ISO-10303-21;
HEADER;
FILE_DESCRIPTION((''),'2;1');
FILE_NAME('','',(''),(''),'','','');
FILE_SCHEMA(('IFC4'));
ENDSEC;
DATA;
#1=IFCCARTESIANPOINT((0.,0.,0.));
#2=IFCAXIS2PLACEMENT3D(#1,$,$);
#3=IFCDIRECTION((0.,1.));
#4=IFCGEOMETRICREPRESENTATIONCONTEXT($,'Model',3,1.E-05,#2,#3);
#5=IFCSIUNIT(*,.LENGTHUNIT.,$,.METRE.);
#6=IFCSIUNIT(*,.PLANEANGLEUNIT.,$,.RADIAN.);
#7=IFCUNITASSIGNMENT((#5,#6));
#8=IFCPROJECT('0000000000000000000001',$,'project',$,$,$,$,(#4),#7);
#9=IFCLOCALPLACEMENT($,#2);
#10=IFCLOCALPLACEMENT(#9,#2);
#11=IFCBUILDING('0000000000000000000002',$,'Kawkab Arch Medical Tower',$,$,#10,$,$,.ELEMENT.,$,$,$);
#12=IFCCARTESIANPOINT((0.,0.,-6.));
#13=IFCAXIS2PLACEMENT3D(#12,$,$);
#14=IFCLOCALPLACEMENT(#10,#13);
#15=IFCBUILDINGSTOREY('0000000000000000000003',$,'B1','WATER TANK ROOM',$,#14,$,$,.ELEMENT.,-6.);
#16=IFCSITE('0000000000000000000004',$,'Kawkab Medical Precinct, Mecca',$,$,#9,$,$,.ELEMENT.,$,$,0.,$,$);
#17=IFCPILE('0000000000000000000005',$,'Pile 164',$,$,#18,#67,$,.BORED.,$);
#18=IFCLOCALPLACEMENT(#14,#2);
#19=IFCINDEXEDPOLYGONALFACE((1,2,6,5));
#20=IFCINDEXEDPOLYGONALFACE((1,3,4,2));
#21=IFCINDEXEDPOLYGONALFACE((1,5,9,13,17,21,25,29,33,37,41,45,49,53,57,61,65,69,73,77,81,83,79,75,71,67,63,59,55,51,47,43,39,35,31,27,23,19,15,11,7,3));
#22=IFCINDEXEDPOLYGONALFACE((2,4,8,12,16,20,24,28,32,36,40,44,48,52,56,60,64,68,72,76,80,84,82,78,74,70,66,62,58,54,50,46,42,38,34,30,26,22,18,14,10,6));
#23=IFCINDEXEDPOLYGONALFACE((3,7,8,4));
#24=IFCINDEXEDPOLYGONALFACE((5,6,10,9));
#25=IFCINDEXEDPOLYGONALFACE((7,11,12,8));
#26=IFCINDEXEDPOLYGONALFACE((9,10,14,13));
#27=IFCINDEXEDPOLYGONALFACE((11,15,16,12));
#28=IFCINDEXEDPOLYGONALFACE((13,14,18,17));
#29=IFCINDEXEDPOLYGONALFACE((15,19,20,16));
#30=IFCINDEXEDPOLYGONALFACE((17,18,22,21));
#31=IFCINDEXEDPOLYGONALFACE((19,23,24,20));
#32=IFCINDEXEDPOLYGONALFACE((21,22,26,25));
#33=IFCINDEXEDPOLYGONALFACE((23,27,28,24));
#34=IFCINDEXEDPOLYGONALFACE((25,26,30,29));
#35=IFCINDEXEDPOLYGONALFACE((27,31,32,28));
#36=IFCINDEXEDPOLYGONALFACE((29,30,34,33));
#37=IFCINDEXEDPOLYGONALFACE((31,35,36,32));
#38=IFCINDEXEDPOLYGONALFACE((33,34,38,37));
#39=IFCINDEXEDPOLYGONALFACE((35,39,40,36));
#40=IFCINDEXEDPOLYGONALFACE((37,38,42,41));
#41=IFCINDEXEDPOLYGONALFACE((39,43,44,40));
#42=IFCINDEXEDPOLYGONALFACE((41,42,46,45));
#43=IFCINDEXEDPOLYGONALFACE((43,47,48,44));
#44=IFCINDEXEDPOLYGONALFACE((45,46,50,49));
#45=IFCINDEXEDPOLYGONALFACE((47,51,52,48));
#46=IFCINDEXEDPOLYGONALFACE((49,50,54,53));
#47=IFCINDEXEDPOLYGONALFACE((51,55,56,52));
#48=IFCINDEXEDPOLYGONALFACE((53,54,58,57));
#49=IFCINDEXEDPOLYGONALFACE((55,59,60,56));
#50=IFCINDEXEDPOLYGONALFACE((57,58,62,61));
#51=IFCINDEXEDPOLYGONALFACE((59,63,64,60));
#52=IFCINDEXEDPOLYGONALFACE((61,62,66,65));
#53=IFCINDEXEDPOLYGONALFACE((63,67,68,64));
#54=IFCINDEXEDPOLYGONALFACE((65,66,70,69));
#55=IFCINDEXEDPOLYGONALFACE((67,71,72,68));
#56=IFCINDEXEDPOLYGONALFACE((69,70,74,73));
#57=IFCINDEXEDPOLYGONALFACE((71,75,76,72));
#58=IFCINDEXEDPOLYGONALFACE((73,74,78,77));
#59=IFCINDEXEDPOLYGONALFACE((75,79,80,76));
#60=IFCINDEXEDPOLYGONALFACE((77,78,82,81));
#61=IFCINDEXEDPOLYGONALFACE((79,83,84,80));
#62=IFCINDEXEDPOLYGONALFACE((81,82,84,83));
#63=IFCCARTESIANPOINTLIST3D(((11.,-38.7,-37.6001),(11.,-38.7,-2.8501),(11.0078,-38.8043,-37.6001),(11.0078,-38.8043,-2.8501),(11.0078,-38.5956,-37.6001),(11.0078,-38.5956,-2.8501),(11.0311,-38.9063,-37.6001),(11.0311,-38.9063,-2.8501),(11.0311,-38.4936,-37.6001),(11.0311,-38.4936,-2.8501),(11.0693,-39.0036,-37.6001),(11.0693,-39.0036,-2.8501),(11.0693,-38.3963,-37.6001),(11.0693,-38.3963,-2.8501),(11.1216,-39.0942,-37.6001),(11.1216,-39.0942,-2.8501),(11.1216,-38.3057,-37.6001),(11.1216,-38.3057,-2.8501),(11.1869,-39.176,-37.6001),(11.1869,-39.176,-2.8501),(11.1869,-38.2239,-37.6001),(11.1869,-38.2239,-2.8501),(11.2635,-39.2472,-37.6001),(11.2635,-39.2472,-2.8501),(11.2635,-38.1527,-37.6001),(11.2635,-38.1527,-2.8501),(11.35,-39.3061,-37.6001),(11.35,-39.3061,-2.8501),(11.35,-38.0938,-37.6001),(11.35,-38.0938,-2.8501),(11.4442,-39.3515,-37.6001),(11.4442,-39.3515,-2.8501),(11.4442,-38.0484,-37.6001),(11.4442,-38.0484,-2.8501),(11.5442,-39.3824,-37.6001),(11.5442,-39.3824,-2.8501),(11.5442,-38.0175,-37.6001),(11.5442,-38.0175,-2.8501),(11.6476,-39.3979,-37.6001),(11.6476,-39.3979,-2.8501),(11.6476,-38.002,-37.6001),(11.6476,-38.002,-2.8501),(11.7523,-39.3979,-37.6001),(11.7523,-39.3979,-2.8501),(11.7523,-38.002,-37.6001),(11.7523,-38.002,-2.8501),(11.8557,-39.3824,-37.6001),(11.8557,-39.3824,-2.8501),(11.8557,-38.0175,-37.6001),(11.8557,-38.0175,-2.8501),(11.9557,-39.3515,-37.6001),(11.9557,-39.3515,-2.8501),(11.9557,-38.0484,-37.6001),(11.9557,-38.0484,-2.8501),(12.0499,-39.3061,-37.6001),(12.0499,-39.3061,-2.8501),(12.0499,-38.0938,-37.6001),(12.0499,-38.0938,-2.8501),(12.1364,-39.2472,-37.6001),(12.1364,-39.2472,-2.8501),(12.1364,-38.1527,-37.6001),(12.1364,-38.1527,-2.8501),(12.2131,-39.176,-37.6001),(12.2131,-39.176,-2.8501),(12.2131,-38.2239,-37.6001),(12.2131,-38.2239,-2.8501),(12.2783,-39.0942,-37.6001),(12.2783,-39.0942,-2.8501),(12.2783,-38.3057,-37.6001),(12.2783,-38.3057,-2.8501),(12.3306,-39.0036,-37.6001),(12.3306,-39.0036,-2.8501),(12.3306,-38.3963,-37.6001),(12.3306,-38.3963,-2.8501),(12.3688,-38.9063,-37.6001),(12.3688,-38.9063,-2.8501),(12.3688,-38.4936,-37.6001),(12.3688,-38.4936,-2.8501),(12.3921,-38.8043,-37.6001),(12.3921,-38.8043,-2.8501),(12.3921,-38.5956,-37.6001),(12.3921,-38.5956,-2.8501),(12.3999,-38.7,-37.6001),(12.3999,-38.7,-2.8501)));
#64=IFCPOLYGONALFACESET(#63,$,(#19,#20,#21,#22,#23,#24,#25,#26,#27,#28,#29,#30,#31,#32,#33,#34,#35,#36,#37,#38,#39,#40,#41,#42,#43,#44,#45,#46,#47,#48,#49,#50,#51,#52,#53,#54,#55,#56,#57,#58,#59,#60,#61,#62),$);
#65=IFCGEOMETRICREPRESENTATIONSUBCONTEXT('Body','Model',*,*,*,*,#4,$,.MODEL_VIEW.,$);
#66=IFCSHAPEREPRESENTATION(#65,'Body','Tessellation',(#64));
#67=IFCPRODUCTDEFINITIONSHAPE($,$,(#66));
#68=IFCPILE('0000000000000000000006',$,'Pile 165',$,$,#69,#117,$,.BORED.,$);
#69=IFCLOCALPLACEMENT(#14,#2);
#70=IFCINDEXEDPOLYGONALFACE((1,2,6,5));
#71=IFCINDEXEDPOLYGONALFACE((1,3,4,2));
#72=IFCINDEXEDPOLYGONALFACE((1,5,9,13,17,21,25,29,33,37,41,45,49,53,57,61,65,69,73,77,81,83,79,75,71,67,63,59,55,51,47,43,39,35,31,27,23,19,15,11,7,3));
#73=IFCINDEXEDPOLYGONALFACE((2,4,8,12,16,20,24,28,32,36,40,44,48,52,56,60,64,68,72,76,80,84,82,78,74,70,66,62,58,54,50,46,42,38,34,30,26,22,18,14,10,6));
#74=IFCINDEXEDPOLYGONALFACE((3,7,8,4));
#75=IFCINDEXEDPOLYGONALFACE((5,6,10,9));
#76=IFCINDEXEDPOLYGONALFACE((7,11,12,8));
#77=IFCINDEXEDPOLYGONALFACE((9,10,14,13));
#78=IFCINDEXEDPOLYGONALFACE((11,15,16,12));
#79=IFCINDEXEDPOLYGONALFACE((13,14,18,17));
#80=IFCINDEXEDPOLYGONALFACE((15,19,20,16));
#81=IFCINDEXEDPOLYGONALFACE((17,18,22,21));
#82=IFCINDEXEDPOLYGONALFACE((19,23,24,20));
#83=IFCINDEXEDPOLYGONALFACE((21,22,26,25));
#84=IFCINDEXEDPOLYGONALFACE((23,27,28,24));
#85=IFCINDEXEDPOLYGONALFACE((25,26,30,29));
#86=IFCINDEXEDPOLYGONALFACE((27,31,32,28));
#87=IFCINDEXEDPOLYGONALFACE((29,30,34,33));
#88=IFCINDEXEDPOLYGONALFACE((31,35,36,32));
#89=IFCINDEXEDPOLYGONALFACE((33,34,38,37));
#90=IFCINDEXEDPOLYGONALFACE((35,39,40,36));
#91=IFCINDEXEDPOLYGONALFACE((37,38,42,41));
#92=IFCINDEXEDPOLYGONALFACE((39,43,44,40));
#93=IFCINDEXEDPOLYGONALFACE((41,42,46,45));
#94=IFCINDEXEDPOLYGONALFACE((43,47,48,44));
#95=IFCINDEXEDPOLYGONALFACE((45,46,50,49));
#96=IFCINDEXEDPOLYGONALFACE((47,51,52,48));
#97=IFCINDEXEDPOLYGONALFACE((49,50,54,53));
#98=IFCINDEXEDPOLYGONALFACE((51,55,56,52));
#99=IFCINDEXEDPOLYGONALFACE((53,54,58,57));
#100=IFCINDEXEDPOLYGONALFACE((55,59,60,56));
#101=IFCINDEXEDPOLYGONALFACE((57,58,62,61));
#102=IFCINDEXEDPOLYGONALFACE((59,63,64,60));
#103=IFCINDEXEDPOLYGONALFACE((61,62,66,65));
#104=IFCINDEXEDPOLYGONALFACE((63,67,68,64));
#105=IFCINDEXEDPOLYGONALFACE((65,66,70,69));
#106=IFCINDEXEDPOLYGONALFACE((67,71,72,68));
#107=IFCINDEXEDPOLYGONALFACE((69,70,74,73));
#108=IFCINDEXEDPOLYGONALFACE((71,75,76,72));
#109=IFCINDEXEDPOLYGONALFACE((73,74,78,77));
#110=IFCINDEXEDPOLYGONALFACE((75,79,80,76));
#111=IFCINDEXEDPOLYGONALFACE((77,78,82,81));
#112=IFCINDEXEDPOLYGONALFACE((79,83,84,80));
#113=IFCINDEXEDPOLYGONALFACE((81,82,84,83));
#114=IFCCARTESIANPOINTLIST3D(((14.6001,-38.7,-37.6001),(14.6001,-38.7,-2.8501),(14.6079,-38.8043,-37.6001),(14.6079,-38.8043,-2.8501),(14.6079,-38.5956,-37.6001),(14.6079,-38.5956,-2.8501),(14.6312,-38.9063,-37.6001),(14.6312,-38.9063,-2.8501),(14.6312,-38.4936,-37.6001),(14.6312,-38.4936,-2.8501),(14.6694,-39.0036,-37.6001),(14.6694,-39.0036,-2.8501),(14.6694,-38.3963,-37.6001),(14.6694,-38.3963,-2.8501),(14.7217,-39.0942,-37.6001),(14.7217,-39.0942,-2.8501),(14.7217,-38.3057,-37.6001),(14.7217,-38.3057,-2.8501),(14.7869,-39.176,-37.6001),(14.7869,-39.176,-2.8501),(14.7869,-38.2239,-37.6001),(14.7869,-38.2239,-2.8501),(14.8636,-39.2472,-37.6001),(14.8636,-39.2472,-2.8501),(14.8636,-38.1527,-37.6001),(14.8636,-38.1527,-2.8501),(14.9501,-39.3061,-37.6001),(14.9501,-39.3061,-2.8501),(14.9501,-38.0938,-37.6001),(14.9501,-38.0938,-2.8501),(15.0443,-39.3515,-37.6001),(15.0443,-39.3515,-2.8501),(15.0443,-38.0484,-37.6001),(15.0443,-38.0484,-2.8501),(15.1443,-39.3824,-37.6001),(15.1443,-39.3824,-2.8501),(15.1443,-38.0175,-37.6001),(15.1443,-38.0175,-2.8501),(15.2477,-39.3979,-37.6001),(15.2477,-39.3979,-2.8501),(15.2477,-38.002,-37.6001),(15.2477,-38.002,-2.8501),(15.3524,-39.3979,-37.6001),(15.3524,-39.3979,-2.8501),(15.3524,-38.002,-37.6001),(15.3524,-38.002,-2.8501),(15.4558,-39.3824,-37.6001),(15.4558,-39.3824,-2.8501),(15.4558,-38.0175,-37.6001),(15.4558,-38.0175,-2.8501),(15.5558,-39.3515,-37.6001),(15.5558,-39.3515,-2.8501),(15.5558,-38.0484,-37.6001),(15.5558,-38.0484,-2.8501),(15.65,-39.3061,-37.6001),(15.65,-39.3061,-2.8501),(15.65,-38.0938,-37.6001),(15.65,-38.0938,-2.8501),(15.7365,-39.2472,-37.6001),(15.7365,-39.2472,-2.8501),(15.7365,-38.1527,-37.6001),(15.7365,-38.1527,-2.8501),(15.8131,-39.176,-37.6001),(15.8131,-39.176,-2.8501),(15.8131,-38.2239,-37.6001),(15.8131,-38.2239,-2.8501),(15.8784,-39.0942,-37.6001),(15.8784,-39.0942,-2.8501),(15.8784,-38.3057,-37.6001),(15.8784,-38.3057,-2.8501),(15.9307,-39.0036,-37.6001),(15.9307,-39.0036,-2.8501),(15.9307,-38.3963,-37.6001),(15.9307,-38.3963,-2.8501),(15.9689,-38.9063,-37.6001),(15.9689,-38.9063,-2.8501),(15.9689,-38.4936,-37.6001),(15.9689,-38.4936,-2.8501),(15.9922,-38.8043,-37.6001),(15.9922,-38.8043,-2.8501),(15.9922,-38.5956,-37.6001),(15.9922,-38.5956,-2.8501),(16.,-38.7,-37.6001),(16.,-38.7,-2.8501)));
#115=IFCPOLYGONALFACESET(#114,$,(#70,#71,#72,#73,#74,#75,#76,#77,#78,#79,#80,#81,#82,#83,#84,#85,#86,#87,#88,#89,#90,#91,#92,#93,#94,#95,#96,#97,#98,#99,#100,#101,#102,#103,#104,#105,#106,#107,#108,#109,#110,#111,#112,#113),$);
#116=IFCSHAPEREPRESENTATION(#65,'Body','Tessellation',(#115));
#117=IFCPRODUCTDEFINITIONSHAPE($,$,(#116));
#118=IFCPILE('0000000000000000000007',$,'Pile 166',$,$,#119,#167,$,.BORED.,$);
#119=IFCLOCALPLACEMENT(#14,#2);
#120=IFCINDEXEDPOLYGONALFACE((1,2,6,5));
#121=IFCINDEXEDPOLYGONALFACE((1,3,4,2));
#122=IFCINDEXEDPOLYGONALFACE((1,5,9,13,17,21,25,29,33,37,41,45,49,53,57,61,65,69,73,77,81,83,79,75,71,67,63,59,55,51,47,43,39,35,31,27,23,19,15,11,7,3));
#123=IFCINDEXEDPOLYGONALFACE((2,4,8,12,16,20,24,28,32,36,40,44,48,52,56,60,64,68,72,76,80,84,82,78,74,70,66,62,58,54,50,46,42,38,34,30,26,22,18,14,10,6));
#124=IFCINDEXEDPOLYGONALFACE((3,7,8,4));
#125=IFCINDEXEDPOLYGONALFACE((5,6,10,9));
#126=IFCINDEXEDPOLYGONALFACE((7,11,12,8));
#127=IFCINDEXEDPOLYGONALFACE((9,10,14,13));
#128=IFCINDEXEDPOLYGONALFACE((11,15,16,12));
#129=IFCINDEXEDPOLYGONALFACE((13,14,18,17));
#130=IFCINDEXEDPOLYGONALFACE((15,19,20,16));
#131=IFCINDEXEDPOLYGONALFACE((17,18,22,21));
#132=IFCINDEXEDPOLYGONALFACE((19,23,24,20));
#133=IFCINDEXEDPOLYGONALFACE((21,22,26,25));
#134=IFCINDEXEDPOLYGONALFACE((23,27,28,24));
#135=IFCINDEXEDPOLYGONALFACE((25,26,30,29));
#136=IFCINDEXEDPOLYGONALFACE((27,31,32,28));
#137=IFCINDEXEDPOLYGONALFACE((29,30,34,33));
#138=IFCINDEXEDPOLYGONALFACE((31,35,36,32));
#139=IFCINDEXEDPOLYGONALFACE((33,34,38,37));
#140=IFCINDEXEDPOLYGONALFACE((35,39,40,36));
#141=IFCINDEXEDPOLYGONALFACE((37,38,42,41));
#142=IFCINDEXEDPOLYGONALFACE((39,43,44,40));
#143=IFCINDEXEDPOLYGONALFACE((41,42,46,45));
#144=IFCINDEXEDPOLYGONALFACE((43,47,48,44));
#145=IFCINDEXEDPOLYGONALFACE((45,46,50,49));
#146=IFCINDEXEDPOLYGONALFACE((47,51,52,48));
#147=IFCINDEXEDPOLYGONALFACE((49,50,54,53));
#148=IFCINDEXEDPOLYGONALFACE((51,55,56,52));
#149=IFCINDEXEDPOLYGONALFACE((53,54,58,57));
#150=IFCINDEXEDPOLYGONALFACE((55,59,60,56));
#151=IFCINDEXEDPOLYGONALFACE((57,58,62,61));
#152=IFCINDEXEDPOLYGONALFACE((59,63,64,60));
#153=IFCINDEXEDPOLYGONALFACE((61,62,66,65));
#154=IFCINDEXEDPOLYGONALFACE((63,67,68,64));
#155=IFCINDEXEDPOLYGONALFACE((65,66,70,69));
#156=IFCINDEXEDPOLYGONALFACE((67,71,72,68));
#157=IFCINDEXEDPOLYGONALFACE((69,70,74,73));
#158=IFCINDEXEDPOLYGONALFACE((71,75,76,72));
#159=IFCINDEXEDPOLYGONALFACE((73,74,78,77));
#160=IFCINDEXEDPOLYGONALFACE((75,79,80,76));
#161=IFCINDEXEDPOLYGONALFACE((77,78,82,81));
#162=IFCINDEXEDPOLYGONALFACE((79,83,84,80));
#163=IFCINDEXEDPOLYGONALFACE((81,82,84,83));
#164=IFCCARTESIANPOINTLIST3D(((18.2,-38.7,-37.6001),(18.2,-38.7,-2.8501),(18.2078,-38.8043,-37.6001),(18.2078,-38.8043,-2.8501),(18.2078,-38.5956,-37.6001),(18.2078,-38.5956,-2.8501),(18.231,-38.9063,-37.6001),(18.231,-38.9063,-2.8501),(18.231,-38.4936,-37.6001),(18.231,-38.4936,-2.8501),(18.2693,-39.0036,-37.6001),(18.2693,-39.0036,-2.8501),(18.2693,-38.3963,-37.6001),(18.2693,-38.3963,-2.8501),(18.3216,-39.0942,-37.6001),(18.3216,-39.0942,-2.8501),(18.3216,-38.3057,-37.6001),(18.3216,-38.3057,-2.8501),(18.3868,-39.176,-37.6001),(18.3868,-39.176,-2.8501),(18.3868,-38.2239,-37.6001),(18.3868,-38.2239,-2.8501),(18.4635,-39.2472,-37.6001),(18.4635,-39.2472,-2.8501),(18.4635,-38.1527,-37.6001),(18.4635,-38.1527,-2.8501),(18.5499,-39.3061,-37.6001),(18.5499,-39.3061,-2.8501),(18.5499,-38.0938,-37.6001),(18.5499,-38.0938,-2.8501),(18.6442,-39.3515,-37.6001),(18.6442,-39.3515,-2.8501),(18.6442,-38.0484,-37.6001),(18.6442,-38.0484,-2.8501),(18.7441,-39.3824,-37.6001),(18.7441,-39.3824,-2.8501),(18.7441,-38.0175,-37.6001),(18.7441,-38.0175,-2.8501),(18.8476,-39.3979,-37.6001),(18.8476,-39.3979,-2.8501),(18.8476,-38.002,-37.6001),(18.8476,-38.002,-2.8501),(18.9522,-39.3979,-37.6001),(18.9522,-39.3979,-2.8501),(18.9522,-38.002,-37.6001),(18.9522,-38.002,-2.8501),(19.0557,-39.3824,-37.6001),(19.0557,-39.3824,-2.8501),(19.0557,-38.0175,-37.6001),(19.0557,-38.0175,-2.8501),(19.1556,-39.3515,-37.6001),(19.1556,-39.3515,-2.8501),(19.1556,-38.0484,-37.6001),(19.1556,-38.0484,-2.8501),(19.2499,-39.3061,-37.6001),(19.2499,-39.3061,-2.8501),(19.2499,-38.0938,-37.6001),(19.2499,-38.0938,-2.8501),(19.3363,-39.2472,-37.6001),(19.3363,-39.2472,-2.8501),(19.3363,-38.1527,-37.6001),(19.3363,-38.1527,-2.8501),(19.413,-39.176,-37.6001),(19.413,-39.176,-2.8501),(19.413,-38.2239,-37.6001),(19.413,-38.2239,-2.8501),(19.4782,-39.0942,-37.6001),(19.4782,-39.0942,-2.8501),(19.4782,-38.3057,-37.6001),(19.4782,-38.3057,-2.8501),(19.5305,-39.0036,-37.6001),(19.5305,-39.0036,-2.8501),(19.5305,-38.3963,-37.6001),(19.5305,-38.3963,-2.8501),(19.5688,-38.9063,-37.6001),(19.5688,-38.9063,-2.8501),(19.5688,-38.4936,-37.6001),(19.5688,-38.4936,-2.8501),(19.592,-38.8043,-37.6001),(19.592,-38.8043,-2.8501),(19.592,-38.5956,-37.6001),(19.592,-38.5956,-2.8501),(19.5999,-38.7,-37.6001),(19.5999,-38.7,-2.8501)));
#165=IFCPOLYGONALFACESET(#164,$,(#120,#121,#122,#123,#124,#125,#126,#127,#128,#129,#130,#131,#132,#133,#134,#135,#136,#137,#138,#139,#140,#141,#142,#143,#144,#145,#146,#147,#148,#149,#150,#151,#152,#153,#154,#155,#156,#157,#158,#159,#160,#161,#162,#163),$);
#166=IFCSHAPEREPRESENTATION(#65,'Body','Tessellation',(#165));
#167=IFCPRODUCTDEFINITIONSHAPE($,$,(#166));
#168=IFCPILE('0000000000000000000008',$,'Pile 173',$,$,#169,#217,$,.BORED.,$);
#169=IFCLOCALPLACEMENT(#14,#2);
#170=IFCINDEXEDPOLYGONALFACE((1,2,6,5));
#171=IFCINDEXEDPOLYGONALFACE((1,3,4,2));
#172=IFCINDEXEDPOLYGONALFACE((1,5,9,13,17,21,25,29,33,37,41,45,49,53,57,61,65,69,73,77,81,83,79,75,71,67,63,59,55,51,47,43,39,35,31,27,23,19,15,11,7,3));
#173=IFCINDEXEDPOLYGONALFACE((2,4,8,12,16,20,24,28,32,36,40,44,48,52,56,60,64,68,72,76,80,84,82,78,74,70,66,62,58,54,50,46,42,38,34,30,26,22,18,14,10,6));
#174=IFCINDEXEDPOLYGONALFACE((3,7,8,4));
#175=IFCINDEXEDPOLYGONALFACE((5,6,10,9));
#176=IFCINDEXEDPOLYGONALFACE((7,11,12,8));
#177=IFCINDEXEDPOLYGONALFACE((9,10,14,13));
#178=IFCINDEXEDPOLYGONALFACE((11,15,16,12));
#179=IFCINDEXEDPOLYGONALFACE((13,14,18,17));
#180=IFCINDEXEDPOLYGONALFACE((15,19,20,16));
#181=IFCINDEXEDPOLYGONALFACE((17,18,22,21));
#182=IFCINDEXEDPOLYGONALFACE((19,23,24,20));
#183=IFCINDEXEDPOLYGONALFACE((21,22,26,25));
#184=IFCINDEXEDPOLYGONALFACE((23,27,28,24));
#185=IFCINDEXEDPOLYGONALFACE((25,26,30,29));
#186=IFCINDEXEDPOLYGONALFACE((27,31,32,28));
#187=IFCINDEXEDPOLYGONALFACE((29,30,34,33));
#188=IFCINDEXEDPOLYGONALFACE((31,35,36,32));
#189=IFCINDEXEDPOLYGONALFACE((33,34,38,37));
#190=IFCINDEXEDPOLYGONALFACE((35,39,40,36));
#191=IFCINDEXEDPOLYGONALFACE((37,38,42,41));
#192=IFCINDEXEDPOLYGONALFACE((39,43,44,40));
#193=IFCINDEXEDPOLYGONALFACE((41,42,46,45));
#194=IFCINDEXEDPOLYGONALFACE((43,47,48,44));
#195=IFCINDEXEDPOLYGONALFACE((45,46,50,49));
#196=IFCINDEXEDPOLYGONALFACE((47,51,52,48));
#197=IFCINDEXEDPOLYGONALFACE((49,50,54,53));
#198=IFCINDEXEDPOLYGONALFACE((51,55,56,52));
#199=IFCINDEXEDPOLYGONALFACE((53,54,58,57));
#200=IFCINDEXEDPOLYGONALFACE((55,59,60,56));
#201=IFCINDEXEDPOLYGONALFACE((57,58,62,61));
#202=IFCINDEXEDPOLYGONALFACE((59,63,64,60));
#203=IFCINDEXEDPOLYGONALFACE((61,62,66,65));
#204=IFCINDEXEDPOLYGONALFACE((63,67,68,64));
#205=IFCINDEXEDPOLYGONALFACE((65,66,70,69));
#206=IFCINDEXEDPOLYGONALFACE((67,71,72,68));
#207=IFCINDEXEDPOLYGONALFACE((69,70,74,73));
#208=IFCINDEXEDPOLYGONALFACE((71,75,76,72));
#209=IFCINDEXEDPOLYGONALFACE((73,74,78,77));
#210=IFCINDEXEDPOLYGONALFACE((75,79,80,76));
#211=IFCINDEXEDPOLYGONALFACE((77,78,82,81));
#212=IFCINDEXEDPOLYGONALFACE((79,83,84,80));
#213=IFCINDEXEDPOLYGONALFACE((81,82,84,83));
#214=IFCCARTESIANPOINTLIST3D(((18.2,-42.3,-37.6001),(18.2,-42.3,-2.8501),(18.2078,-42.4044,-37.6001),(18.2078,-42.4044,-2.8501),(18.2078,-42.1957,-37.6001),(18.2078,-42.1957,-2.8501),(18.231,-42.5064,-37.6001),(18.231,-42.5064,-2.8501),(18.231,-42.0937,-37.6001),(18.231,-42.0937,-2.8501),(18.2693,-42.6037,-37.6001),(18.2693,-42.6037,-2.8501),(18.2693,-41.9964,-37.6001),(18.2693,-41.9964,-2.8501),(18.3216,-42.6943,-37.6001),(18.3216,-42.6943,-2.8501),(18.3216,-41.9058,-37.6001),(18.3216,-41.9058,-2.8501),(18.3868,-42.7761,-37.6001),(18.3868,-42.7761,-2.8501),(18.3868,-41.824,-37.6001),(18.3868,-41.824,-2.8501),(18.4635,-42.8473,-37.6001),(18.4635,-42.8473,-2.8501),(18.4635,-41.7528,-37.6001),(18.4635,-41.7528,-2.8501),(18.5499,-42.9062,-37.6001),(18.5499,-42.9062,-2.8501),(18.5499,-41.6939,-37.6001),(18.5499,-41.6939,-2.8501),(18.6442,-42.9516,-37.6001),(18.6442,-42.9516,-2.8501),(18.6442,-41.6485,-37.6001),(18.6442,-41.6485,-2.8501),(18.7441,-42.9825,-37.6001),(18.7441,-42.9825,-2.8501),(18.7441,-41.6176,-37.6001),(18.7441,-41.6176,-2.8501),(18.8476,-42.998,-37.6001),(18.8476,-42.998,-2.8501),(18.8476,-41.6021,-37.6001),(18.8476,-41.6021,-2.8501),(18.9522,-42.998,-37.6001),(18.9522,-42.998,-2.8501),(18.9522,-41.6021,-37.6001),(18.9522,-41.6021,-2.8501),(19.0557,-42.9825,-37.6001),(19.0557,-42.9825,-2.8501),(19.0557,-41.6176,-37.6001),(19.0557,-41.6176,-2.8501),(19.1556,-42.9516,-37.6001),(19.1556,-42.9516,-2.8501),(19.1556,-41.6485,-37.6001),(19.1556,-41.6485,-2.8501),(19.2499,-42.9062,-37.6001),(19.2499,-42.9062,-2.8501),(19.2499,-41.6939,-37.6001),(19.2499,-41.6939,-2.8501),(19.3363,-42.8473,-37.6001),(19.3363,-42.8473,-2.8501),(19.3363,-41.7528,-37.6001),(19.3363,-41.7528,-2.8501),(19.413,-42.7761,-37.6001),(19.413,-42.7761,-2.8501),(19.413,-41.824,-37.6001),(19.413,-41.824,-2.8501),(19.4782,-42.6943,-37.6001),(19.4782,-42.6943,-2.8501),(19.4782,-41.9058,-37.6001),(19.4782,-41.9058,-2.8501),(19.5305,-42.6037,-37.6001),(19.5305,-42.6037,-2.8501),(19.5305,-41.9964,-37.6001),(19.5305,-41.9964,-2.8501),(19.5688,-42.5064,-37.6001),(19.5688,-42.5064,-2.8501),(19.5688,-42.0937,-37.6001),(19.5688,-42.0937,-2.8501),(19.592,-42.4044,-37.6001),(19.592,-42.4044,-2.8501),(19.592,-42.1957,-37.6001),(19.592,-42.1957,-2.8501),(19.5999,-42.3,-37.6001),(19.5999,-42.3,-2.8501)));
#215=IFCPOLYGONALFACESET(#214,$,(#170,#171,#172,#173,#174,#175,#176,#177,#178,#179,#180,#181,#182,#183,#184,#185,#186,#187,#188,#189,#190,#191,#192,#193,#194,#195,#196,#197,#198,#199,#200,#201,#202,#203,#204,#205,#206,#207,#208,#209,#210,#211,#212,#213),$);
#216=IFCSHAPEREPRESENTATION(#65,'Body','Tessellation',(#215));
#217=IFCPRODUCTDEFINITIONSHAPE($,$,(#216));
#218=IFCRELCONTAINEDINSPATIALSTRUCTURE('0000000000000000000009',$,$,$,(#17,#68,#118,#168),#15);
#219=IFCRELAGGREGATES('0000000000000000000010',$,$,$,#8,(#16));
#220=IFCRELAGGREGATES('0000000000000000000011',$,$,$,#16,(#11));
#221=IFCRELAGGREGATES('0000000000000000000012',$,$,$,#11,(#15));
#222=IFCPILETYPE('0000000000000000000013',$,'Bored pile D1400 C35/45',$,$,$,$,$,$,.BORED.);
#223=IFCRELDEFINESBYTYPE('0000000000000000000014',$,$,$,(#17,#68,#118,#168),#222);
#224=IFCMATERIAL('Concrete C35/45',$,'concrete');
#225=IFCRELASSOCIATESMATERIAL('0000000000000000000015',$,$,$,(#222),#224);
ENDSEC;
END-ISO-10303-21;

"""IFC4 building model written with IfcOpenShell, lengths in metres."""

from ifc_helpers import new_model, si_unit, direction, frame, origin, origin_2d, place, context, subcontext, project, spatial, circle, extrude, material, material_profile, profile_set, type_object, element, save


model = new_model("IFC4")

# Units and contexts
model_context = context("Model", 3, precision=1e-05, world=origin(), true_north=direction((0.0, 1.0)))
body_context = subcontext(model_context, "Body", "Model", "MODEL_VIEW")
ifc_project = project(units=[si_unit("LENGTHUNIT", "METRE"), si_unit("PLANEANGLEUNIT", "RADIAN")], contexts=[model_context])

# Site, building, storey
site_placement = place(None, origin())
site = spatial("IfcSite", under=ifc_project, at=site_placement, Name="Kawkab Medical Precinct, Mecca", CompositionType="ELEMENT", RefElevation=0.0)
building_placement = place(site_placement, origin())
building = spatial("IfcBuilding", under=site, at=building_placement, Name="Kawkab Arch Medical Tower", CompositionType="ELEMENT")
storey_placement = place(building_placement, frame((0.0, 0.0, -6.0)))
storey = spatial("IfcBuildingStorey", under=building, at=storey_placement, Name="B1", Description="WATER TANK ROOM", CompositionType="ELEMENT", Elevation=-6.0)

# Piles
ifc_material_1 = material(Name="Concrete C35/45", Category="concrete")
ifc_material_profile_1 = material_profile(ifc_material_1, circle(Radius=0.7, at=origin_2d()), Name="Bored pile D1400")
ifc_profile_set_1 = profile_set([ifc_material_profile_1], Name="Concrete C35/45")
pile_type = type_object("IfcPileType", Name="Bored pile D1400 C35/45", PredefinedType="BORED", material=ifc_profile_set_1)
for number, where, z_axis, x_axis, name in (
    (1, (11.7, -38.7, -2.8501), (0.0, 0.0, -1.0), (1.0, 0.0, 0.0), "Pile 164"),
    (2, (15.3, -38.7, -2.8501), (0.0, 0.0, -1.0), (1.0, 0.0, 0.0), "Pile 165"),
    (3, (18.8999, -38.7, -2.8501), (0.0, 0.0, -1.0), (1.0, 0.0, 0.0), "Pile 166"),
    (4, (18.8999, -42.3, -2.8501), (0.0, 0.0, -1.0), (1.0, 0.0, 0.0), "Pile 173"),
):
    element("IfcPile", number, at=place(storey_placement, frame(where, z_axis=z_axis, x_axis=x_axis)), inside=storey, type_object=pile_type, Name=name, PredefinedType="BORED", context=body_context, shape_type="SweptSolid", body=[
        extrude(circle(Radius=0.7, at=origin_2d()), origin(), (0.0, 0.0, 1.0), 34.75),
    ])

save(model, "model.ifc")
